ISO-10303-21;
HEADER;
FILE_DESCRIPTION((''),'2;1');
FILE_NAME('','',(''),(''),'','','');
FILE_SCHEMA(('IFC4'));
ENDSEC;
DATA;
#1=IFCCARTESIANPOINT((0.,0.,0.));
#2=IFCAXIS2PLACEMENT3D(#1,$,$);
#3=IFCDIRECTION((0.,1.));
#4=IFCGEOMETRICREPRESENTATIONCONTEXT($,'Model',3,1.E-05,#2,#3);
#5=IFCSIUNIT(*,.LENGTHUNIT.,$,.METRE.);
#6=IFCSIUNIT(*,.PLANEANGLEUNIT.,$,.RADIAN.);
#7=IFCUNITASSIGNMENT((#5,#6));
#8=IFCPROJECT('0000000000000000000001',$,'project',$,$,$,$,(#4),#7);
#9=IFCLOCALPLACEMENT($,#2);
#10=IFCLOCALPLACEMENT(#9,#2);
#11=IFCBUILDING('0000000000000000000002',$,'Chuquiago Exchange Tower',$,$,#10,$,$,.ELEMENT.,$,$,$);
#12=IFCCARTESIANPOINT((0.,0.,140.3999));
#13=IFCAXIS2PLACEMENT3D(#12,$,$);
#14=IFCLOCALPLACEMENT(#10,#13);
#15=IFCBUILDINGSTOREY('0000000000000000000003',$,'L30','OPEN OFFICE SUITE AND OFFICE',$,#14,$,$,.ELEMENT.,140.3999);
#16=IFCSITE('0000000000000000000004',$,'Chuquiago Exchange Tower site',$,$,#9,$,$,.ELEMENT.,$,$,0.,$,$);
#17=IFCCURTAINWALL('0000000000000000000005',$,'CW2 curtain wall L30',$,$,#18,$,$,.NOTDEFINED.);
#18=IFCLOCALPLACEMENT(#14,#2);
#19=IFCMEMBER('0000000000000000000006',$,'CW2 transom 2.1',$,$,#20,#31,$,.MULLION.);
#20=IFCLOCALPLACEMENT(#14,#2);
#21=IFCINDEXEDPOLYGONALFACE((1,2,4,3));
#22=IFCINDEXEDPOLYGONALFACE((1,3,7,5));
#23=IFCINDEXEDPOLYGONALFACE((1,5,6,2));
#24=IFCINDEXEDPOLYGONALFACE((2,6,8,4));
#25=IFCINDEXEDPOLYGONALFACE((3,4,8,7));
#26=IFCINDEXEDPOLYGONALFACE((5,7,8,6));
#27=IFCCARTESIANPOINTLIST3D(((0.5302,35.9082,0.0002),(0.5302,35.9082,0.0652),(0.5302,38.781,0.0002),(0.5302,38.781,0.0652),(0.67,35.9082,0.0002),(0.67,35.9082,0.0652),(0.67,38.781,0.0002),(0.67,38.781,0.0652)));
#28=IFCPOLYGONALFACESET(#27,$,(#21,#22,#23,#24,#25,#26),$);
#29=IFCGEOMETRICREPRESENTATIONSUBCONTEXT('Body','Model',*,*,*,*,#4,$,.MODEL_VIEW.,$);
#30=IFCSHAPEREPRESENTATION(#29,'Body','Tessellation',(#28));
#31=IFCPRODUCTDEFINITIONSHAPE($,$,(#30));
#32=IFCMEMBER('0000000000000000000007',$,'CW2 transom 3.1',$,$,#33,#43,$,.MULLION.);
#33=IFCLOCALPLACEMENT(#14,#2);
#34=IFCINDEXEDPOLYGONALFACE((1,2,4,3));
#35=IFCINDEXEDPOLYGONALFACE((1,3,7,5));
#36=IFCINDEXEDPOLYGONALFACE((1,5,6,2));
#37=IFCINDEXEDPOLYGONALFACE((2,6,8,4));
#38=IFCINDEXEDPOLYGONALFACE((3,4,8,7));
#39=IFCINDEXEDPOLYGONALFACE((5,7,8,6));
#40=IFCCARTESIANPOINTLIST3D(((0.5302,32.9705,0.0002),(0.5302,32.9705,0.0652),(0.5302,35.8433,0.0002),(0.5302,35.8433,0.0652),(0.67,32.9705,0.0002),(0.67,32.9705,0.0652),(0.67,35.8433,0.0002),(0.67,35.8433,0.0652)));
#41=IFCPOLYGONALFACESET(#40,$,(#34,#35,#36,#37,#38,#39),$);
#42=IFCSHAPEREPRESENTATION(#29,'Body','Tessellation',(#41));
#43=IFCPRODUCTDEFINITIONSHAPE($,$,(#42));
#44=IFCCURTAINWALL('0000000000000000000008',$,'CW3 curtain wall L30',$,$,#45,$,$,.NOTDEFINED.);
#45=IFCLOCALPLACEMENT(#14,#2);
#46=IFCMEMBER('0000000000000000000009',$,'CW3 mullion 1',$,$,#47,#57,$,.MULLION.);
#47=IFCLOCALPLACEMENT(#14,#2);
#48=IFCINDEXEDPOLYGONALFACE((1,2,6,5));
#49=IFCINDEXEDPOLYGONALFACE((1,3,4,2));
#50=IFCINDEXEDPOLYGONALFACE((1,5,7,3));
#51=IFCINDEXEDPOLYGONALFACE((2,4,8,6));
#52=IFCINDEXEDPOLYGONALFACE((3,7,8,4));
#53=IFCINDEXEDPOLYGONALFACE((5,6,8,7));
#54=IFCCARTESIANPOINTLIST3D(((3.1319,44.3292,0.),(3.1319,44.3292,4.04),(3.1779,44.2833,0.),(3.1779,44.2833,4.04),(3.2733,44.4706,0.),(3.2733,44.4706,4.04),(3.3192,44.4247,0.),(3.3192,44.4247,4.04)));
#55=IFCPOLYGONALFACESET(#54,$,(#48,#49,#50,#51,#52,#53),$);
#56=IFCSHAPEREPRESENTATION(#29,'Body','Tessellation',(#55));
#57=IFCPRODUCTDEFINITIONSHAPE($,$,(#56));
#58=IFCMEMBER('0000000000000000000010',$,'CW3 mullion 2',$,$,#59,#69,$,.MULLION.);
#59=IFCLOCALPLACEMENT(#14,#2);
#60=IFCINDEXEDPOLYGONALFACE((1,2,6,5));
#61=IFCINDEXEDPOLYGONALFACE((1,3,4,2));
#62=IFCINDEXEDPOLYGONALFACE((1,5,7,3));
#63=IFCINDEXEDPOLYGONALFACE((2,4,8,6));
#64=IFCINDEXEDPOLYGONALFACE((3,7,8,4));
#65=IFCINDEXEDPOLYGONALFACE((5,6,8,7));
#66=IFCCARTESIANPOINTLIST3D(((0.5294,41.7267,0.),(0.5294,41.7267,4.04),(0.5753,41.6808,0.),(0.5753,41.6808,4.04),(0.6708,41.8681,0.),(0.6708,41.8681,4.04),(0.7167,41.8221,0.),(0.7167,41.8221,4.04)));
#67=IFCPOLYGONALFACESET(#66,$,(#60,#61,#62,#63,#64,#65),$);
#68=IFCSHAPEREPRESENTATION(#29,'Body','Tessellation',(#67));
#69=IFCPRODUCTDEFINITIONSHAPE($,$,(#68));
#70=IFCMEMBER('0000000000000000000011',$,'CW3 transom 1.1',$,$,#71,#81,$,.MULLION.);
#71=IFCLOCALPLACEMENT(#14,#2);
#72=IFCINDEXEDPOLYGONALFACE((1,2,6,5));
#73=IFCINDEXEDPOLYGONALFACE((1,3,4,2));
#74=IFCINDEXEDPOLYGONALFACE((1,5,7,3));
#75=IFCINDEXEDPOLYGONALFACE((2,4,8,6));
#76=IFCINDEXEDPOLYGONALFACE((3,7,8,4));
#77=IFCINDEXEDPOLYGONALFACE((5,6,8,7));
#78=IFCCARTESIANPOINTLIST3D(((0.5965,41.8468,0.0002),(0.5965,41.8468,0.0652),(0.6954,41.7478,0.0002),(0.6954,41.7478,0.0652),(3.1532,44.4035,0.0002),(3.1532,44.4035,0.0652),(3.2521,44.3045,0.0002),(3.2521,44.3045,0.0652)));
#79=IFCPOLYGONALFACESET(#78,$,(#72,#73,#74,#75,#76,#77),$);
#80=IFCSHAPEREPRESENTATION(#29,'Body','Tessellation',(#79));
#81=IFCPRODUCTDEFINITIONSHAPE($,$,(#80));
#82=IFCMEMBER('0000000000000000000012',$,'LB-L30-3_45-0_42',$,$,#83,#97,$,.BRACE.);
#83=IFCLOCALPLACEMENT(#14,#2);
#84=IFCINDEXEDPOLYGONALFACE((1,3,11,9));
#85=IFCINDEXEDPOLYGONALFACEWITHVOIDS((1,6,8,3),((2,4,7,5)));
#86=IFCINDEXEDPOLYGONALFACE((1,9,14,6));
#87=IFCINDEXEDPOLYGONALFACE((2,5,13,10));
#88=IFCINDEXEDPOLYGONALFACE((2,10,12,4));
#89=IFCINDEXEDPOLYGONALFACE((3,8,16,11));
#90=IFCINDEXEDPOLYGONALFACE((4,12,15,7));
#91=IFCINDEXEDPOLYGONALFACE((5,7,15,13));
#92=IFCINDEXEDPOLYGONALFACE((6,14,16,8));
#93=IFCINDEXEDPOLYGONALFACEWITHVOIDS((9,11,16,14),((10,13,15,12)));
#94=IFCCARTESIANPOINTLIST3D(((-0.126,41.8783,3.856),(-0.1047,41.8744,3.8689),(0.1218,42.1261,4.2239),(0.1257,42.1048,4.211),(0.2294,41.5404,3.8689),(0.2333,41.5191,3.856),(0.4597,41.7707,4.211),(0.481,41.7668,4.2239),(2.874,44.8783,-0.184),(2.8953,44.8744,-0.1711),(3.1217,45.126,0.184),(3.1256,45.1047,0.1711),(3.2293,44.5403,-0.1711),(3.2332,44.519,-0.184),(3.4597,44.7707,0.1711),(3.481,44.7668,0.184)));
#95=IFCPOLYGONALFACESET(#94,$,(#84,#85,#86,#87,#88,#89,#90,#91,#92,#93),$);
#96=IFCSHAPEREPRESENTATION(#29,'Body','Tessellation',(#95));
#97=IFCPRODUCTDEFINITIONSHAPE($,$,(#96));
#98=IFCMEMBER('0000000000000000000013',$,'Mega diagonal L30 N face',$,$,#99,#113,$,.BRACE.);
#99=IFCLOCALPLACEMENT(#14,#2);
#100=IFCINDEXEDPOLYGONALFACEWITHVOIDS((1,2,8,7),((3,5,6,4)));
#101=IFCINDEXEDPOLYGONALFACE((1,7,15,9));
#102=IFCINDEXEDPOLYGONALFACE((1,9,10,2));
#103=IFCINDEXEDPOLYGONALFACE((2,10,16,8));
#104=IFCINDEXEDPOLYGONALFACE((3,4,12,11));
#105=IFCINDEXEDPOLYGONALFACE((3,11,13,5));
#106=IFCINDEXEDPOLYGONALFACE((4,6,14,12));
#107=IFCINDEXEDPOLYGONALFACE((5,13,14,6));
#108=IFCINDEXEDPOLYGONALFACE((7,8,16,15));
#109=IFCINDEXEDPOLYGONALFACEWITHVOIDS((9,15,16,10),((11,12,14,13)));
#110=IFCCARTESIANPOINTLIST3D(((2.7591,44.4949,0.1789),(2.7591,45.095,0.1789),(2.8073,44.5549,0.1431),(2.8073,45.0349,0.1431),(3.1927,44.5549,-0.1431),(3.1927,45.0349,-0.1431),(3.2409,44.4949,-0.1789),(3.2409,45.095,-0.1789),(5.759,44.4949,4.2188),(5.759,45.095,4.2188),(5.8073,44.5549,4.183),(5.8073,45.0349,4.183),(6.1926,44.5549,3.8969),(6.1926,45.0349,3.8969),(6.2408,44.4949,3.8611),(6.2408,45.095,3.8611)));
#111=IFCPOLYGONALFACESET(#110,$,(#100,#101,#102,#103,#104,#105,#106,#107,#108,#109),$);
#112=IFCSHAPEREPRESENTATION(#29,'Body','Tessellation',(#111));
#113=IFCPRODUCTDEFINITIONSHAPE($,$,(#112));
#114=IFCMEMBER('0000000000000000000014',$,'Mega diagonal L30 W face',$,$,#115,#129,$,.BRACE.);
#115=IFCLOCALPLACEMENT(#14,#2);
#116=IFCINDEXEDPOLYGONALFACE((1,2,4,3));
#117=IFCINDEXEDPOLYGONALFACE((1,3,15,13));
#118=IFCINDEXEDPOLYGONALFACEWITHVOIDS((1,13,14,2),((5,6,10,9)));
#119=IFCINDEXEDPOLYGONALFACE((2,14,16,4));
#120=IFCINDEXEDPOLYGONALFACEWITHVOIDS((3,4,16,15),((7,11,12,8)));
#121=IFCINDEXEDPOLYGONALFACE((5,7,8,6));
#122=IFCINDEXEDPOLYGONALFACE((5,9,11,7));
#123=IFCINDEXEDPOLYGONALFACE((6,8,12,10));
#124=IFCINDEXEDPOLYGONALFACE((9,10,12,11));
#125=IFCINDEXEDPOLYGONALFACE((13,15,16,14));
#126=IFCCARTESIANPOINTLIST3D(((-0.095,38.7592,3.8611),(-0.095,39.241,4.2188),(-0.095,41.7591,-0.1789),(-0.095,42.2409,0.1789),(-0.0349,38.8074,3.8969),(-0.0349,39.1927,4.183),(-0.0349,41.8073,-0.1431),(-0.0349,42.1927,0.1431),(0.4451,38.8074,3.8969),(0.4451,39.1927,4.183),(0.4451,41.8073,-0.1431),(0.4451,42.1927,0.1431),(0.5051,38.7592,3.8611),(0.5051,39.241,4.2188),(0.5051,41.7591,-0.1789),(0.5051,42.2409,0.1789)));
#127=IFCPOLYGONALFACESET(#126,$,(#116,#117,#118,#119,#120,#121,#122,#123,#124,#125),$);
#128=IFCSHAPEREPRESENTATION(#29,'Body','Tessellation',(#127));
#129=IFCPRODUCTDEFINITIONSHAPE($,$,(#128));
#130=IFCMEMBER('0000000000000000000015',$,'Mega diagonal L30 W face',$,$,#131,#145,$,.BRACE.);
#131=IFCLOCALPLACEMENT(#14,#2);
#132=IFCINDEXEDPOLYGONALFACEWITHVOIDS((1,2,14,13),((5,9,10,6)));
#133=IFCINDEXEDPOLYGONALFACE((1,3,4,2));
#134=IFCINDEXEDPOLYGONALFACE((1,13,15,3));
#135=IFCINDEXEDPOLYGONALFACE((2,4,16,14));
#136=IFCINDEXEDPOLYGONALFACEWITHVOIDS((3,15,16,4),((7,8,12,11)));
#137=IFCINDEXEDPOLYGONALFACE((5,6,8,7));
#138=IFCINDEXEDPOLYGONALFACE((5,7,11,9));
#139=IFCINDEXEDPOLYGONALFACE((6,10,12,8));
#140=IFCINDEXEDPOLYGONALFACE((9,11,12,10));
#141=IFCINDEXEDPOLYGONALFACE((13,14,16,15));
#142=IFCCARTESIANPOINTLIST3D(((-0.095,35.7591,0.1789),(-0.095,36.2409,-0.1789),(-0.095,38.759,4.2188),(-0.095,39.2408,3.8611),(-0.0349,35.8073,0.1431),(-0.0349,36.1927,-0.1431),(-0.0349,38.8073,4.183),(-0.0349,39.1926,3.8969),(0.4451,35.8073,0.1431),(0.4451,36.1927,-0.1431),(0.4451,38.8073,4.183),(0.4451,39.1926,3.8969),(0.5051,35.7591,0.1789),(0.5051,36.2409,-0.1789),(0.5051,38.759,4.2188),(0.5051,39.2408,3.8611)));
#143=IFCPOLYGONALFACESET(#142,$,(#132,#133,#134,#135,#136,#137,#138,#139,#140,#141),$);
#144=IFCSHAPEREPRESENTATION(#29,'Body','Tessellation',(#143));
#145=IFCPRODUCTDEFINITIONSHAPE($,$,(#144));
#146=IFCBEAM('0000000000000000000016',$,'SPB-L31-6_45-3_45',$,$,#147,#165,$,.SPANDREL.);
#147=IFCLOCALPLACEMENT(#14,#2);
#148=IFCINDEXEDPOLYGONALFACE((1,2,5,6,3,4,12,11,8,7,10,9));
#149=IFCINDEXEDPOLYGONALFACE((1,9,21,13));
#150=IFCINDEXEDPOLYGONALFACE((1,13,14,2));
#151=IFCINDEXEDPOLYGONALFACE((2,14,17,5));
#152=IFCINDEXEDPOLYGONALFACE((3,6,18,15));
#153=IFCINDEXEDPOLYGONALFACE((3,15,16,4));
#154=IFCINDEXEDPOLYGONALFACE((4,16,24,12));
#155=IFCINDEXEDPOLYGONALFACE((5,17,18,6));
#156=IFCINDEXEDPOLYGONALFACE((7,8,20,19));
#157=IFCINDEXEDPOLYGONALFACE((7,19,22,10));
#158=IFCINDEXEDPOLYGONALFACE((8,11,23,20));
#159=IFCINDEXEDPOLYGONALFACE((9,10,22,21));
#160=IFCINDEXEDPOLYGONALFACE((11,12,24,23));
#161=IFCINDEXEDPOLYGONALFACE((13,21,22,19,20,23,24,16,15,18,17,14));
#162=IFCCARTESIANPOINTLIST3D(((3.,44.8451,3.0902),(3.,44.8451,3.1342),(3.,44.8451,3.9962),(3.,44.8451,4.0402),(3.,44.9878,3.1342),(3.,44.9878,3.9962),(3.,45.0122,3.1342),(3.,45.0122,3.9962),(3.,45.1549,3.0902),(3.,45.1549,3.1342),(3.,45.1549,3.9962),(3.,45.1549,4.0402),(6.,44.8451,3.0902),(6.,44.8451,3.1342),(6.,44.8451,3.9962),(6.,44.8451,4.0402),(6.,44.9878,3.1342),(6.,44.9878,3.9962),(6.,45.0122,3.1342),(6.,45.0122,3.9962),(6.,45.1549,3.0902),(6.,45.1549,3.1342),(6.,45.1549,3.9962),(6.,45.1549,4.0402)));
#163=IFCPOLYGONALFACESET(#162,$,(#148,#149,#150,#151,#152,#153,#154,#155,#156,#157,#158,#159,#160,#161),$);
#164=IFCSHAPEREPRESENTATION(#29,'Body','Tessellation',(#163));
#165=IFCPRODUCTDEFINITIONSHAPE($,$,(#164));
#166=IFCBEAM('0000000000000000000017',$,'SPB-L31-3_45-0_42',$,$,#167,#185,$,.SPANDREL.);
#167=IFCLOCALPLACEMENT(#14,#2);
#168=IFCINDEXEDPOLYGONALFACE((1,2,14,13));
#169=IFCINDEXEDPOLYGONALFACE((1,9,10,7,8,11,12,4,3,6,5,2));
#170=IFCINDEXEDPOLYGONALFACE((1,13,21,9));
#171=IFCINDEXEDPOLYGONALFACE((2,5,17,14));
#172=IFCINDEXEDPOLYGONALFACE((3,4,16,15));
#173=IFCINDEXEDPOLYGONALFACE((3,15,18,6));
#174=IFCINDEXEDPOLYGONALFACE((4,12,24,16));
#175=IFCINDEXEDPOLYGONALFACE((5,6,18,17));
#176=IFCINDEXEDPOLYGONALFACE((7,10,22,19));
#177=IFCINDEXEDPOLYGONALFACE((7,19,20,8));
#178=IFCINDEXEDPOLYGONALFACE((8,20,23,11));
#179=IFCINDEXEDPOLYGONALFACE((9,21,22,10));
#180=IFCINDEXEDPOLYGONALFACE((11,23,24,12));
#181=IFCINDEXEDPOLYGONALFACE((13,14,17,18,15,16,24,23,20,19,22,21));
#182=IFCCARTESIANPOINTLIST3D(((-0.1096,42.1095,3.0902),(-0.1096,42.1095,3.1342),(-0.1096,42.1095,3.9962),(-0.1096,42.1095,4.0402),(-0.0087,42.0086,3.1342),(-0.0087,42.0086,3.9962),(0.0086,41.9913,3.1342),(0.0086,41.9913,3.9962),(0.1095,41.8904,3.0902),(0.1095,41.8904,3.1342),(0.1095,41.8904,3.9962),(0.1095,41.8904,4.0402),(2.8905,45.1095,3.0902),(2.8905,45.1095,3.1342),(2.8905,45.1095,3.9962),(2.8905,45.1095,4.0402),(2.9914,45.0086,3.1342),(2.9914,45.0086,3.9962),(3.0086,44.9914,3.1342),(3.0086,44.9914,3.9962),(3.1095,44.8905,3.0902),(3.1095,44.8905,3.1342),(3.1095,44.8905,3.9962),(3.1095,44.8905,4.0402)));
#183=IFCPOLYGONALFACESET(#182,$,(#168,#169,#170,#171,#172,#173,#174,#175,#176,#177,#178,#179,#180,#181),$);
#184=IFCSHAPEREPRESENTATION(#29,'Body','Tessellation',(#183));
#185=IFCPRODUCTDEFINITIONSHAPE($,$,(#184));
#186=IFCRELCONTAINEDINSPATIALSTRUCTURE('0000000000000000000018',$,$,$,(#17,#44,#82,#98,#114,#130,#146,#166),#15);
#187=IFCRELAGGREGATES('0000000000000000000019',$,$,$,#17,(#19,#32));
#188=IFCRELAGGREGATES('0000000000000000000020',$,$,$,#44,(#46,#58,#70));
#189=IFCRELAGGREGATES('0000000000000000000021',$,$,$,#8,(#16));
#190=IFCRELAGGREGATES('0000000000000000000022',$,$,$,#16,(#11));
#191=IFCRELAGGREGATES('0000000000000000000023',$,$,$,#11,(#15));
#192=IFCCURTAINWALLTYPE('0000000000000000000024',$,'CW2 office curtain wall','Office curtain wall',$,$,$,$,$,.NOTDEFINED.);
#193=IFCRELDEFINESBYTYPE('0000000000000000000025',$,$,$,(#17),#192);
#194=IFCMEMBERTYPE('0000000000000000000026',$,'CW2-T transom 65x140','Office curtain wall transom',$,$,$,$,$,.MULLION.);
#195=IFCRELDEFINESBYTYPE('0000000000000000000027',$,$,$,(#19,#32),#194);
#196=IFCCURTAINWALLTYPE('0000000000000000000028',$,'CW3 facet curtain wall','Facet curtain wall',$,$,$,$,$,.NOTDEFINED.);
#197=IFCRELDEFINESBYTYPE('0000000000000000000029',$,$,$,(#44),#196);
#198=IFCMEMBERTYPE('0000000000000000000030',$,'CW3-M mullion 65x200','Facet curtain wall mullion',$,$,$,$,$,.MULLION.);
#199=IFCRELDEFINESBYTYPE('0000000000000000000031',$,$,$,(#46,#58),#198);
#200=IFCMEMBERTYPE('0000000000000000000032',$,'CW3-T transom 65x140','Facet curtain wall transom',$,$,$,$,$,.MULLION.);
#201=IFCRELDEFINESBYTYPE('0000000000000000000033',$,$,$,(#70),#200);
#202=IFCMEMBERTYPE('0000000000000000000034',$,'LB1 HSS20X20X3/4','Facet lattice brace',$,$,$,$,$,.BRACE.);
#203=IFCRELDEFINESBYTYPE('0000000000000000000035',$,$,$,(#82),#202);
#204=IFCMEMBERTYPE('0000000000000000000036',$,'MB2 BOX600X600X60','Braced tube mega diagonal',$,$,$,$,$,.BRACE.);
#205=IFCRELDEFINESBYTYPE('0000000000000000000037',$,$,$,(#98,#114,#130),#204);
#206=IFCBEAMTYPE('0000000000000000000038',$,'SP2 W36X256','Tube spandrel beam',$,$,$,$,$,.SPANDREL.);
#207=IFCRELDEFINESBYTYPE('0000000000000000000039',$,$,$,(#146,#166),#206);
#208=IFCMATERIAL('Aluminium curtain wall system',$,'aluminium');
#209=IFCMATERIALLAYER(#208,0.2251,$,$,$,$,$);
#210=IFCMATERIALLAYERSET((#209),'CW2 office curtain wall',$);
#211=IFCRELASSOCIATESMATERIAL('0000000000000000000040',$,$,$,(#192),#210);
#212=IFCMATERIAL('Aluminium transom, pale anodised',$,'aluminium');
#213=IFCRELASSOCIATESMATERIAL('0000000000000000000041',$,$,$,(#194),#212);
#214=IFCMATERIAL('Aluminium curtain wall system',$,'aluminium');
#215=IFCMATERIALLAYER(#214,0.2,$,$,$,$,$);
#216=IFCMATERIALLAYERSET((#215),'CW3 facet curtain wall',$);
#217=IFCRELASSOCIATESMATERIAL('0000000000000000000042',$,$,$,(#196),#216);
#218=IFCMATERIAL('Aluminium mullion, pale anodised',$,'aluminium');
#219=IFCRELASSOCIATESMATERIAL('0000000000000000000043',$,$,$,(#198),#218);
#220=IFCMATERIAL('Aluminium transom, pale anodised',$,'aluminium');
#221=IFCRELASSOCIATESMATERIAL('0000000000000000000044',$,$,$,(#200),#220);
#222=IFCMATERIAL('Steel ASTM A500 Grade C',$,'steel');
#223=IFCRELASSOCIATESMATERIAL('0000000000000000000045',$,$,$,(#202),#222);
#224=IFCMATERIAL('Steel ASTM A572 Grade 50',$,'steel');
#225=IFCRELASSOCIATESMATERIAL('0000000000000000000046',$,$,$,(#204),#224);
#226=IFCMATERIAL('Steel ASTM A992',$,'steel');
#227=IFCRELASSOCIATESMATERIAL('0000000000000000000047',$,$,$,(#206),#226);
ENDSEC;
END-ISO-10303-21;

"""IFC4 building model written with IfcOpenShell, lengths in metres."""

from ifc_helpers import new_model, si_unit, direction, frame, origin, origin_2d, place, context, subcontext, project, spatial, rectangle, hollow_rectangle, i_section, extrude, material, layer, layer_set, material_profile, profile_set, type_object, element, aggregate, save


model = new_model("IFC4")

# Units and contexts
model_context = context("Model", 3, precision=1e-05, world=origin(), true_north=direction((0.0, 1.0)))
body_context = subcontext(model_context, "Body", "Model", "MODEL_VIEW")
ifc_project = project(units=[si_unit("LENGTHUNIT", "METRE"), si_unit("PLANEANGLEUNIT", "RADIAN")], contexts=[model_context])

# Site, building, storey
site_placement = place(None, origin())
site = spatial("IfcSite", under=ifc_project, at=site_placement, Name="Chuquiago Exchange Tower site", CompositionType="ELEMENT", RefElevation=0.0)
building_placement = place(site_placement, origin())
building = spatial("IfcBuilding", under=site, at=building_placement, Name="Chuquiago Exchange Tower", CompositionType="ELEMENT")
storey_placement = place(building_placement, frame((0.0, 0.0, 140.3999)))
storey = spatial("IfcBuildingStorey", under=building, at=storey_placement, Name="L30", Description="OPEN OFFICE SUITE AND OFFICE", CompositionType="ELEMENT", Elevation=140.3999)

# Curtain wall
ifc_material_1 = material(Name="Aluminium curtain wall system", Category="aluminium")
ifc_layer_1 = layer(ifc_material_1, 0.2251)
ifc_layer_set_1 = layer_set([ifc_layer_1], Name="CW2 office curtain wall")
curtain_wall_type_1 = type_object("IfcCurtainWallType", Name="CW2 office curtain wall", Description="Office curtain wall", PredefinedType="NOTDEFINED", material=ifc_layer_set_1)
curtain_wall_1_placement = place(storey_placement, origin())
curtain_wall_1 = element("IfcCurtainWall", 1, at=curtain_wall_1_placement, inside=storey, type_object=curtain_wall_type_1, Name="CW2 curtain wall L30", PredefinedType="NOTDEFINED")

# Members
ifc_material_2 = material(Name="Aluminium transom, pale anodised", Category="aluminium")
ifc_material_profile_1 = material_profile(ifc_material_2, rectangle(XDim=0.1399, YDim=0.0649, at=origin_2d()), Name="AL 140x65")
ifc_profile_set_1 = profile_set([ifc_material_profile_1], Name="Aluminium transom, pale anodised")
member_type_1 = type_object("IfcMemberType", Name="CW2-T transom 65x140", Description="Office curtain wall transom", PredefinedType="MULLION", material=ifc_profile_set_1)
member_1_placement = place(storey_placement, frame((0.6001, 38.781, 0.0327), z_axis=(0.0, -1.0, 0.0), x_axis=(1.0, 0.0, 0.0)))
member_1 = element("IfcMember", 2, at=member_1_placement, type_object=member_type_1, Name="CW2 transom 2.1", PredefinedType="MULLION", context=body_context, shape_type="SweptSolid", body=[
    extrude(rectangle(XDim=0.1399, YDim=0.0649, at=origin_2d()), origin(), (0.0, 0.0, 1.0), 2.8728),
])
member_2_placement = place(storey_placement, frame((0.6001, 35.8433, 0.0327), z_axis=(0.0, -1.0, 0.0), x_axis=(1.0, 0.0, 0.0)))
member_2 = element("IfcMember", 3, at=member_2_placement, type_object=member_type_1, Name="CW2 transom 3.1", PredefinedType="MULLION", context=body_context, shape_type="SweptSolid", body=[
    extrude(rectangle(XDim=0.1399, YDim=0.0649, at=origin_2d()), origin(), (0.0, 0.0, 1.0), 2.8728),
])

# Curtain wall, members
ifc_material_3 = material(Name="Aluminium curtain wall system", Category="aluminium")
ifc_layer_2 = layer(ifc_material_3, 0.2)
ifc_layer_set_2 = layer_set([ifc_layer_2], Name="CW3 facet curtain wall")
curtain_wall_type_2 = type_object("IfcCurtainWallType", Name="CW3 facet curtain wall", Description="Facet curtain wall", PredefinedType="NOTDEFINED", material=ifc_layer_set_2)
curtain_wall_2_placement = place(storey_placement, origin())
curtain_wall_2 = element("IfcCurtainWall", 4, at=curtain_wall_2_placement, inside=storey, type_object=curtain_wall_type_2, Name="CW3 curtain wall L30", PredefinedType="NOTDEFINED")
ifc_material_4 = material(Name="Aluminium mullion, pale anodised", Category="aluminium")
ifc_material_profile_2 = material_profile(ifc_material_4, rectangle(XDim=0.0649, YDim=0.2, at=origin_2d()), Name="AL 65x200")
ifc_profile_set_2 = profile_set([ifc_material_profile_2], Name="Aluminium mullion, pale anodised")
member_type_2 = type_object("IfcMemberType", Name="CW3-M mullion 65x200", Description="Facet curtain wall mullion", PredefinedType="MULLION", material=ifc_profile_set_2)
member_3_placement = place(storey_placement, frame((3.2256, 44.377, 0.0), z_axis=(0.0, 0.0, 1.0), x_axis=(0.707107, -0.707107, 0.0)))
member_3 = element("IfcMember", 5, at=member_3_placement, type_object=member_type_2, Name="CW3 mullion 1", PredefinedType="MULLION", context=body_context, shape_type="SweptSolid", body=[
    extrude(rectangle(XDim=0.0649, YDim=0.2, at=origin_2d()), origin(), (0.0, 0.0, 1.0), 4.04),
])
member_4_placement = place(storey_placement, frame((0.623, 41.7744, 0.0), z_axis=(0.0, 0.0, 1.0), x_axis=(0.707107, -0.707107, 0.0)))
member_4 = element("IfcMember", 6, at=member_4_placement, type_object=member_type_2, Name="CW3 mullion 2", PredefinedType="MULLION", context=body_context, shape_type="SweptSolid", body=[
    extrude(rectangle(XDim=0.0649, YDim=0.2, at=origin_2d()), origin(), (0.0, 0.0, 1.0), 4.04),
])
ifc_material_5 = material(Name="Aluminium transom, pale anodised", Category="aluminium")
ifc_material_profile_3 = material_profile(ifc_material_5, rectangle(XDim=0.1399, YDim=0.0649, at=origin_2d()), Name="AL 140x65")
ifc_profile_set_3 = profile_set([ifc_material_profile_3], Name="Aluminium transom, pale anodised")
member_type_3 = type_object("IfcMemberType", Name="CW3-T transom 65x140", Description="Facet curtain wall transom", PredefinedType="MULLION", material=ifc_profile_set_3)
member_5_placement = place(storey_placement, frame((3.2026, 44.354, 0.0327), z_axis=(-0.707107, -0.707107, 0.0), x_axis=(0.707107, -0.707107, 0.0)))
member_5 = element("IfcMember", 7, at=member_5_placement, type_object=member_type_3, Name="CW3 transom 1.1", PredefinedType="MULLION", context=body_context, shape_type="SweptSolid", body=[
    extrude(rectangle(XDim=0.1399, YDim=0.0649, at=origin_2d()), origin(), (0.0, 0.0, 1.0), 3.6157),
])

# Members
ifc_material_6 = material(Name="Steel ASTM A500 Grade C", Category="steel")
ifc_material_profile_4 = material_profile(ifc_material_6, hollow_rectangle(XDim=0.5081, YDim=0.5081, WallThickness=0.0178, at=origin_2d()), Name="HSS20X20X3/4")
ifc_profile_set_4 = profile_set([ifc_material_profile_4], Name="Steel ASTM A500 Grade C")
member_type_4 = type_object("IfcMemberType", Name="LB1 HSS20X20X3/4", Description="Facet lattice brace", PredefinedType="BRACE", material=ifc_profile_set_4)
member_6_placement = place(storey_placement, frame((3.1775, 44.8225, 0.0), z_axis=(-0.512077, -0.512077, 0.689604), x_axis=(0.707107, -0.707107, 0.0)))
element("IfcMember", 8, at=member_6_placement, inside=storey, type_object=member_type_4, Name="LB-L30-3_45-0_42", PredefinedType="BRACE", context=body_context, shape_type="SweptSolid", body=[
    extrude(hollow_rectangle(XDim=0.5081, YDim=0.5081, WallThickness=0.0178, at=origin_2d()), origin(), (0.0, 0.0, 1.0), 5.8584),
])
ifc_material_7 = material(Name="Steel ASTM A572 Grade 50", Category="steel")
ifc_material_profile_5 = material_profile(ifc_material_7, hollow_rectangle(XDim=0.6001, YDim=0.6001, WallThickness=0.0601, at=origin_2d()), Name="BOX600X600X60")
ifc_profile_set_5 = profile_set([ifc_material_profile_5], Name="Steel ASTM A572 Grade 50")
member_type_5 = type_object("IfcMemberType", Name="MB2 BOX600X600X60", Description="Braced tube mega diagonal", PredefinedType="BRACE", material=ifc_profile_set_5)
for number, where, z_axis, x_axis, name in (
    (9, (3.0, 44.7949, 0.0), (0.596174, 0.0, 0.802855), (0.0, 1.0, 0.0), "Mega diagonal L30 N face"),
    (10, (0.2051, 42.0, 0.0), (0.0, -0.596174, 0.802855), (1.0, 0.0, 0.0), "Mega diagonal L30 W face"),
    (11, (0.2051, 36.0, 0.0), (0.0, 0.596174, 0.802855), (-1.0, 0.0, 0.0), "Mega diagonal L30 W face"),
):
    element("IfcMember", number, at=place(storey_placement, frame(where, z_axis=z_axis, x_axis=x_axis)), inside=storey, type_object=member_type_5, Name=name, PredefinedType="BRACE", context=body_context, shape_type="SweptSolid", body=[
        extrude(hollow_rectangle(XDim=0.6001, YDim=0.6001, WallThickness=0.0601, at=origin_2d()), origin(), (0.0, 0.0, 1.0), 5.032),
    ])

# Beams
ifc_material_8 = material(Name="Steel ASTM A992", Category="steel")
ifc_material_profile_6 = material_profile(ifc_material_8, i_section(OverallWidth=0.3098, OverallDepth=0.95, WebThickness=0.0244, FlangeThickness=0.0439, at=origin_2d()), Name="W36X256")
ifc_profile_set_6 = profile_set([ifc_material_profile_6], Name="Steel ASTM A992")
beam_type = type_object("IfcBeamType", Name="SP2 W36X256", Description="Tube spandrel beam", PredefinedType="SPANDREL", material=ifc_profile_set_6)
beam_1_placement = place(storey_placement, frame((6.0, 45.0, 3.5652), z_axis=(-1.0, 0.0, 0.0), x_axis=(0.0, -1.0, 0.0)))
element("IfcBeam", 12, at=beam_1_placement, inside=storey, type_object=beam_type, Name="SPB-L31-6_45-3_45", PredefinedType="SPANDREL", context=body_context, shape_type="SweptSolid", body=[
    extrude(i_section(OverallWidth=0.3098, OverallDepth=0.95, WebThickness=0.0244, FlangeThickness=0.0439, at=origin_2d()), origin(), (0.0, 0.0, 1.0), 3.0),
])
beam_2_placement = place(storey_placement, frame((3.0, 45.0, 3.5652), z_axis=(-0.707107, -0.707107, 0.0), x_axis=(0.707107, -0.707107, 0.0)))
element("IfcBeam", 13, at=beam_2_placement, inside=storey, type_object=beam_type, Name="SPB-L31-3_45-0_42", PredefinedType="SPANDREL", context=body_context, shape_type="SweptSolid", body=[
    extrude(i_section(OverallWidth=0.3098, OverallDepth=0.95, WebThickness=0.0244, FlangeThickness=0.0439, at=origin_2d()), origin(), (0.0, 0.0, 1.0), 4.2427),
])

aggregate(curtain_wall_1, [member_1, member_2])
aggregate(curtain_wall_2, [member_3, member_4, member_5])

save(model, "model.ifc")
